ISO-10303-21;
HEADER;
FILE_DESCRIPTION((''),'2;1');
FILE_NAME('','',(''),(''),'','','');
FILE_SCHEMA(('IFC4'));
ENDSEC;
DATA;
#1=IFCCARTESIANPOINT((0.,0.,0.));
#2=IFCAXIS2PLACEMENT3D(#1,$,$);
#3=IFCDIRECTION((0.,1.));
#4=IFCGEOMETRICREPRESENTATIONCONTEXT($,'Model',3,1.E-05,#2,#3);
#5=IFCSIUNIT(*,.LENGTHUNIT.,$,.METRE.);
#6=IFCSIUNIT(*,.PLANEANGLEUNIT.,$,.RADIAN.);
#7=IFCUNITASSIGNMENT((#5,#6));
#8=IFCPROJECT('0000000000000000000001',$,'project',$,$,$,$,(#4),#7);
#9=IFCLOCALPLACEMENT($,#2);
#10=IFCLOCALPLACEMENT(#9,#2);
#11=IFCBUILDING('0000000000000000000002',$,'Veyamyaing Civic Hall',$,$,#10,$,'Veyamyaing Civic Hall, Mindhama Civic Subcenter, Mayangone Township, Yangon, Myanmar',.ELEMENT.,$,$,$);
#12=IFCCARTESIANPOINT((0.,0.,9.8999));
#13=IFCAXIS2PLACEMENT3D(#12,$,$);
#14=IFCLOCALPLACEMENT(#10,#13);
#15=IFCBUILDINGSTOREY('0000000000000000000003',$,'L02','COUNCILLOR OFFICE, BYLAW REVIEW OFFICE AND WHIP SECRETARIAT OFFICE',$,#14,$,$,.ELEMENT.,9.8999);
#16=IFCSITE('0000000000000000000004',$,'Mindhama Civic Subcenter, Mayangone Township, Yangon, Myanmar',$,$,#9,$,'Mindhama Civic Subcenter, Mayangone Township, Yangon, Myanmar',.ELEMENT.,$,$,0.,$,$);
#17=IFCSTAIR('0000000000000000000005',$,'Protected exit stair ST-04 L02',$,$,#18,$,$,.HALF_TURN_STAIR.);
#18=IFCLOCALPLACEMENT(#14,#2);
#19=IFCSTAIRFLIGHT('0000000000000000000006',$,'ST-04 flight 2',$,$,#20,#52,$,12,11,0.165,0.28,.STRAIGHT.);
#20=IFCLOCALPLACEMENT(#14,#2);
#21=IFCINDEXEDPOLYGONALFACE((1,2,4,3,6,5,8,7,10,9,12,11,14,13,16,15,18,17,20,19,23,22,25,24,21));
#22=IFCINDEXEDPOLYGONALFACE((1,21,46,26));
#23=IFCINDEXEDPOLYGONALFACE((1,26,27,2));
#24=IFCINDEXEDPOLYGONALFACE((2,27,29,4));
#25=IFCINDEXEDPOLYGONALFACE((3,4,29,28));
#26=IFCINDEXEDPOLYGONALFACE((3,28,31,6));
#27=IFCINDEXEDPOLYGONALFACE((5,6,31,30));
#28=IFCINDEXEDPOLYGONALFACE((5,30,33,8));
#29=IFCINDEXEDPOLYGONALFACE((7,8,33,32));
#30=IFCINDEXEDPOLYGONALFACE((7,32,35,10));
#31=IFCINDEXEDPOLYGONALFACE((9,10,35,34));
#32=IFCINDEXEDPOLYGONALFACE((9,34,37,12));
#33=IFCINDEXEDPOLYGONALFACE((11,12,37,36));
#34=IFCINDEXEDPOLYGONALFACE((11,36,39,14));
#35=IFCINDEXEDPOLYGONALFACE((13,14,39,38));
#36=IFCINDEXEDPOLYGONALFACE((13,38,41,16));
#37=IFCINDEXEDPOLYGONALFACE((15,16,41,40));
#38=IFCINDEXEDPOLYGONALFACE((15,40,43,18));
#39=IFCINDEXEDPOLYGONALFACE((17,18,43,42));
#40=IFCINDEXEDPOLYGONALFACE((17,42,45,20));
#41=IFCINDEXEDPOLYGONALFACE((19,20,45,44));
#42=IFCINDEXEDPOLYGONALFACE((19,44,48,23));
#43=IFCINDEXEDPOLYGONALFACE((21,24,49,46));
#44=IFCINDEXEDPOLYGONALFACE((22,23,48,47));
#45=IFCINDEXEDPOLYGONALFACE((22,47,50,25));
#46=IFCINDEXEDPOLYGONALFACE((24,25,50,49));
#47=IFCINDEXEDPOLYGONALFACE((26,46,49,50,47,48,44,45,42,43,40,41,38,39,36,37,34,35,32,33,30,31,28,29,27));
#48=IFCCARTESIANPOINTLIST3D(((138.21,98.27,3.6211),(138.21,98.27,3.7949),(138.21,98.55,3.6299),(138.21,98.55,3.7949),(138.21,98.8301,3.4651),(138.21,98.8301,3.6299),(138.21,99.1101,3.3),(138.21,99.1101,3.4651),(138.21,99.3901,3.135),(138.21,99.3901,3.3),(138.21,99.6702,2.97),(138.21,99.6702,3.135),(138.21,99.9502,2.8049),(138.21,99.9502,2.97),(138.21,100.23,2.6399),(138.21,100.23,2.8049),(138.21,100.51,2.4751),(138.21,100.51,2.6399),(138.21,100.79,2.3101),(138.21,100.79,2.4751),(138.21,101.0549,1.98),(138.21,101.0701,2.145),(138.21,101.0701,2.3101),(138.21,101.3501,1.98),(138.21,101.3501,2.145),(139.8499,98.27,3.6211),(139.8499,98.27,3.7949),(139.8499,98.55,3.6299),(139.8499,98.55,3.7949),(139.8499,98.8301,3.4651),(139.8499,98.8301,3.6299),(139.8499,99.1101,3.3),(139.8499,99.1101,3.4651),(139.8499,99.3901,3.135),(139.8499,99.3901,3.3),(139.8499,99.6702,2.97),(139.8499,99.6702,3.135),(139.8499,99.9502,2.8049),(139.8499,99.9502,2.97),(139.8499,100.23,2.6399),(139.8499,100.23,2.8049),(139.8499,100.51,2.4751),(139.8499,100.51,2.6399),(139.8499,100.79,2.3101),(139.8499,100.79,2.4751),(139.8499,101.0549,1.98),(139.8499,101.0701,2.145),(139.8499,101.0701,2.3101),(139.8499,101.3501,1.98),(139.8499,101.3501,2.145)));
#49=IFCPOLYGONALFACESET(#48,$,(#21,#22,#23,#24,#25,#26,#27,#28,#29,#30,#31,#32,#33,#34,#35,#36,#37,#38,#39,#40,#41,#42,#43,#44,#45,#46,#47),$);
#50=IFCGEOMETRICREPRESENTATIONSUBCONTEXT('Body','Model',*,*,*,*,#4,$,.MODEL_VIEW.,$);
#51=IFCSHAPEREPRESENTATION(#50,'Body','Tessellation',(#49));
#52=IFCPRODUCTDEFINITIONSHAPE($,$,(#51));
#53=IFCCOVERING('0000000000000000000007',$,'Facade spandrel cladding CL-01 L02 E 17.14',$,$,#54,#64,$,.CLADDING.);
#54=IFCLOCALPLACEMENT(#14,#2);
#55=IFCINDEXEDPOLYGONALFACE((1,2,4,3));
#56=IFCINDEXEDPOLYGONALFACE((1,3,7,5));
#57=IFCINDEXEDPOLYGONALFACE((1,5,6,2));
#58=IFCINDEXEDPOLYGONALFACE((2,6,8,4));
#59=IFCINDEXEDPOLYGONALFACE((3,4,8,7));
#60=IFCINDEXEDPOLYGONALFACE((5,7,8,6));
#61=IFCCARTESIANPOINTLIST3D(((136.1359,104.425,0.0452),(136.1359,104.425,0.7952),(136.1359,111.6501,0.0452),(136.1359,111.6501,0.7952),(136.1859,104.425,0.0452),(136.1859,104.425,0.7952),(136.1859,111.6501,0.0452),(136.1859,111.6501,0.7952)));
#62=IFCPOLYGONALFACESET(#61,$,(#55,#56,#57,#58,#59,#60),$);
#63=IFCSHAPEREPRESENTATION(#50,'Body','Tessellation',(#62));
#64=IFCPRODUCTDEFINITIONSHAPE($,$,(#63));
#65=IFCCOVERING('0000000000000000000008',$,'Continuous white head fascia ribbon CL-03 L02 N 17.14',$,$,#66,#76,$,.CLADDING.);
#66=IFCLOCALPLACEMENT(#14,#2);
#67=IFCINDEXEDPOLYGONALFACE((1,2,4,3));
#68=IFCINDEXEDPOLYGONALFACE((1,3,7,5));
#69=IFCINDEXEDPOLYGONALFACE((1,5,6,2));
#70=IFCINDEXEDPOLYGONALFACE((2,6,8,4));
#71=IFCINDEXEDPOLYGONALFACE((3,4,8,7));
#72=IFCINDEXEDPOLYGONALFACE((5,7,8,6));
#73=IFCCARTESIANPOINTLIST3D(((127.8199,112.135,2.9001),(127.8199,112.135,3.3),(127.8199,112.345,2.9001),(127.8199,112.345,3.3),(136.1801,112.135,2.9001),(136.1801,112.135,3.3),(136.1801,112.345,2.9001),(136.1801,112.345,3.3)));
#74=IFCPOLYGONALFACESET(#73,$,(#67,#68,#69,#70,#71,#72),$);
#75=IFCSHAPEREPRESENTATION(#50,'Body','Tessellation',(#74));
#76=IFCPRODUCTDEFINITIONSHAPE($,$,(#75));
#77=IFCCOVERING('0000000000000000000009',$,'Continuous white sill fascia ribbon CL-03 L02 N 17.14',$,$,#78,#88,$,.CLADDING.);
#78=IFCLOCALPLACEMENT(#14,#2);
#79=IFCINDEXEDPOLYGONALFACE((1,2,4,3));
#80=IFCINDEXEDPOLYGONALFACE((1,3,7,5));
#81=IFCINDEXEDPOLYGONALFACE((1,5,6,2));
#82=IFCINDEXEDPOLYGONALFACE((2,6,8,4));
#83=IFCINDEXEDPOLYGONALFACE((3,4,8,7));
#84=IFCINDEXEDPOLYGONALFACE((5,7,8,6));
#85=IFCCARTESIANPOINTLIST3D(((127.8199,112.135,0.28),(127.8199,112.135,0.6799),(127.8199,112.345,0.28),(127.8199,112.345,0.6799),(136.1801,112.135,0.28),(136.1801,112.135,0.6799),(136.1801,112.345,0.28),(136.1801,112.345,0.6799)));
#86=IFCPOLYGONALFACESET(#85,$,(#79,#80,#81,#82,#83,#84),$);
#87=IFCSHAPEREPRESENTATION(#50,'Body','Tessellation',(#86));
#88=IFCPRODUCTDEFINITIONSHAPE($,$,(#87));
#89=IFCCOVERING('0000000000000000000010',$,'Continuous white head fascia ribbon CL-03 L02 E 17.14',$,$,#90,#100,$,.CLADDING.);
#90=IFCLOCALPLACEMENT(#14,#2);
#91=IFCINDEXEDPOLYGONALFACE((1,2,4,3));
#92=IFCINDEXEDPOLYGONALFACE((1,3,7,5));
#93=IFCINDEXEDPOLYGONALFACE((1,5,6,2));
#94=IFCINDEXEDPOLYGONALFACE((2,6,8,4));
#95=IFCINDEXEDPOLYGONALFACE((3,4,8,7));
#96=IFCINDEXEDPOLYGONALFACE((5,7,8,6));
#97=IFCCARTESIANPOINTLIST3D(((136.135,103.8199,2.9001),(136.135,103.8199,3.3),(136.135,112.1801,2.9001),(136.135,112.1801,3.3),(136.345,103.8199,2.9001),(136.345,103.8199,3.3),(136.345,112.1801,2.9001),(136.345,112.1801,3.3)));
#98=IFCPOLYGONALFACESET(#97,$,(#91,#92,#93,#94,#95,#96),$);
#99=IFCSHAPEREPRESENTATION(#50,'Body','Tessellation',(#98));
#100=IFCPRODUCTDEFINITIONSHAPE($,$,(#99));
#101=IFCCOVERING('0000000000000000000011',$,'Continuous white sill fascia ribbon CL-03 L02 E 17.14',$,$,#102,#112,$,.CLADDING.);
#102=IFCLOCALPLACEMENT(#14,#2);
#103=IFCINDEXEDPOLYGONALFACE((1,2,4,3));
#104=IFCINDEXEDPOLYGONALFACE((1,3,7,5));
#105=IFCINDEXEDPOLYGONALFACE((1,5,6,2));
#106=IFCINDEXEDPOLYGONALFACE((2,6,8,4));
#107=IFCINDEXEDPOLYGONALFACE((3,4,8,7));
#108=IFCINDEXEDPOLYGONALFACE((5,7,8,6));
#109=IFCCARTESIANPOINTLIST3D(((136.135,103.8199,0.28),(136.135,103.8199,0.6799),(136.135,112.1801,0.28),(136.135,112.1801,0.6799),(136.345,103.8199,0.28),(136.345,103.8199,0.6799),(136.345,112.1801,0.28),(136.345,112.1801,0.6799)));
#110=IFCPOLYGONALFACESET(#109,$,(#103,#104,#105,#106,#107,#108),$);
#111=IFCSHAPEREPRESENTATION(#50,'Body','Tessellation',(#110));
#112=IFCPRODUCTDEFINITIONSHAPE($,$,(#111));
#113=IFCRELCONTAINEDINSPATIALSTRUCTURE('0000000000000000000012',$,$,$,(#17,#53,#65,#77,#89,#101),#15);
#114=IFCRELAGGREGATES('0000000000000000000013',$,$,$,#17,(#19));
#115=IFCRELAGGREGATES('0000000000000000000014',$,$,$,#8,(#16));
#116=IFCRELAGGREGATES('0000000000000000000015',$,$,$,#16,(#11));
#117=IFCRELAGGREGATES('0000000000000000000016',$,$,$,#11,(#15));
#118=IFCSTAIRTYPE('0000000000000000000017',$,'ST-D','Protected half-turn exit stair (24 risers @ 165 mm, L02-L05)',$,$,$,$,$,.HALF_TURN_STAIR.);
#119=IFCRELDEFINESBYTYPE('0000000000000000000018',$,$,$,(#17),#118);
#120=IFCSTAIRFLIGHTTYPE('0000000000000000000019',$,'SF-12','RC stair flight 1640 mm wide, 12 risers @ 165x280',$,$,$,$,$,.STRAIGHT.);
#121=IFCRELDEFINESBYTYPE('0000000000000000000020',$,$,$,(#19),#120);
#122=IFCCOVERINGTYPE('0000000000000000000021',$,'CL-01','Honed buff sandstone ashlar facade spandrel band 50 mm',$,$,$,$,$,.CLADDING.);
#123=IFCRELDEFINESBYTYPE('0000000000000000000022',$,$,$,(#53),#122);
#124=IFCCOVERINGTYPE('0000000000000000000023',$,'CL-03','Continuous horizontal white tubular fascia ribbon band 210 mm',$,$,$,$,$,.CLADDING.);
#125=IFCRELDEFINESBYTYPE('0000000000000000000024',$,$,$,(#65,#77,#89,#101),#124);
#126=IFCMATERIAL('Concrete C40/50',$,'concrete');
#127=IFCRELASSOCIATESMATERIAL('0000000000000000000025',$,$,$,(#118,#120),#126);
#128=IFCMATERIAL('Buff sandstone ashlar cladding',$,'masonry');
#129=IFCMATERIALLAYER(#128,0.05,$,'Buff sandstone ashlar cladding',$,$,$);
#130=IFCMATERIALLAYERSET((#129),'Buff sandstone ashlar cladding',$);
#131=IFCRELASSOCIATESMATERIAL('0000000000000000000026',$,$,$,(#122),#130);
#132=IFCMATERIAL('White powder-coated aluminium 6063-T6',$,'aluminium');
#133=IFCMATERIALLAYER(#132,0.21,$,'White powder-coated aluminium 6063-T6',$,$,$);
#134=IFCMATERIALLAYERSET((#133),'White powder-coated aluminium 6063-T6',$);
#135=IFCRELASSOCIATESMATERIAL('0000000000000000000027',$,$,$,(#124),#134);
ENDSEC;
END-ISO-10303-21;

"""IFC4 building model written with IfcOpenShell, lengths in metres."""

from ifc_helpers import new_model, si_unit, direction, frame, origin, origin_2d, place, context, subcontext, project, spatial, polyline, rectangle, outline, extrude, material, layer, layer_set, type_object, element, aggregate, save


model = new_model("IFC4")

# Units and contexts
model_context = context("Model", 3, precision=1e-05, world=origin(), true_north=direction((0.0, 1.0)))
body_context = subcontext(model_context, "Body", "Model", "MODEL_VIEW")
ifc_project = project(units=[si_unit("LENGTHUNIT", "METRE"), si_unit("PLANEANGLEUNIT", "RADIAN")], contexts=[model_context])

# Site, building, storey
site_placement = place(None, origin())
site = spatial("IfcSite", under=ifc_project, at=site_placement, Name="Mindhama Civic Subcenter, Mayangone Township, Yangon, Myanmar", LongName="Mindhama Civic Subcenter, Mayangone Township, Yangon, Myanmar", CompositionType="ELEMENT", RefElevation=0.0)
building_placement = place(site_placement, origin())
building = spatial("IfcBuilding", under=site, at=building_placement, Name="Veyamyaing Civic Hall", LongName="Veyamyaing Civic Hall, Mindhama Civic Subcenter, Mayangone Township, Yangon, Myanmar", CompositionType="ELEMENT")
storey_placement = place(building_placement, frame((0.0, 0.0, 9.8999)))
storey = spatial("IfcBuildingStorey", under=building, at=storey_placement, Name="L02", Description="COUNCILLOR OFFICE, BYLAW REVIEW OFFICE AND WHIP SECRETARIAT OFFICE", CompositionType="ELEMENT", Elevation=9.8999)

# Shared definitions
ifc_material_1 = material(Name="Concrete C40/50", Category="concrete")

# Stair, stair flight
stair_type = type_object("IfcStairType", Name="ST-D", Description="Protected half-turn exit stair (24 risers @ 165 mm, L02-L05)", PredefinedType="HALF_TURN_STAIR", material=ifc_material_1)
stair_placement = place(storey_placement, origin())
stair = element("IfcStair", 1, at=stair_placement, inside=storey, type_object=stair_type, Name="Protected exit stair ST-04 L02", PredefinedType="HALF_TURN_STAIR")
stair_flight_type = type_object("IfcStairFlightType", Name="SF-12", Description="RC stair flight 1640 mm wide, 12 risers @ 165x280", PredefinedType="STRAIGHT", material=ifc_material_1)
stair_flight_placement = place(storey_placement, frame((139.03, 101.3501, 1.98), z_axis=(0.0, 0.0, 1.0), x_axis=(0.0, -1.0, 0.0)))
stair_flight = element("IfcStairFlight", 2, at=stair_flight_placement, type_object=stair_flight_type, Name="ST-04 flight 2", NumberOfRisers=12, NumberOfTreads=11, PredefinedType="STRAIGHT", RiserHeight=0.165, TreadLength=0.28, context=body_context, shape_type="SweptSolid", body=[
    extrude(outline(polyline([(0.0, 0.0), (0.0, 0.165), (0.28, 0.165), (0.28, 0.3301), (0.5601, 0.3301), (0.5601, 0.4951), (0.8401, 0.4951), (0.8401, 0.6599), (1.1201, 0.6599), (1.1201, 0.825), (1.3999, 0.825), (1.3999, 0.99), (1.6799, 0.99), (1.6799, 1.155), (1.96, 1.155), (1.96, 1.3201), (2.24, 1.3201), (2.24, 1.4851), (2.52, 1.4851), (2.52, 1.6499), (2.8, 1.6499), (2.8, 1.8149), (3.0801, 1.8149), (3.0801, 1.98), (3.0801, 1.6411), (0.2952, 0.0), (0.0, 0.0)])), frame((0.0, 0.8198, 0.0), z_axis=(0.0, -1.0, 0.0), x_axis=(1.0, 0.0, 0.0)), (0.0, 0.0, 1.0), 1.6399),
])
aggregate(stair, [stair_flight])

# Coverings
ifc_material_2 = material(Name="Buff sandstone ashlar cladding", Category="masonry")
ifc_layer_1 = layer(ifc_material_2, 0.05, Name="Buff sandstone ashlar cladding")
ifc_layer_set_1 = layer_set([ifc_layer_1], Name="Buff sandstone ashlar cladding")
covering_type_1 = type_object("IfcCoveringType", Name="CL-01", Description="Honed buff sandstone ashlar facade spandrel band 50 mm", PredefinedType="CLADDING", material=ifc_layer_set_1)
covering_placement = place(storey_placement, frame((136.1609, 108.0376, 0.0452), z_axis=(0.0, 0.0, 1.0), x_axis=(0.0, 1.0, 0.0)))
element("IfcCovering", 3, at=covering_placement, inside=storey, type_object=covering_type_1, Name="Facade spandrel cladding CL-01 L02 E 17.14", PredefinedType="CLADDING", context=body_context, shape_type="SweptSolid", body=[
    extrude(rectangle(XDim=7.2251, YDim=0.05, at=origin_2d()), origin(), (0.0, 0.0, 1.0), 0.75),
])
ifc_material_3 = material(Name="White powder-coated aluminium 6063-T6", Category="aluminium")
ifc_layer_2 = layer(ifc_material_3, 0.21, Name="White powder-coated aluminium 6063-T6")
ifc_layer_set_2 = layer_set([ifc_layer_2], Name="White powder-coated aluminium 6063-T6")
covering_type_2 = type_object("IfcCoveringType", Name="CL-03", Description="Continuous horizontal white tubular fascia ribbon band 210 mm", PredefinedType="CLADDING", material=ifc_layer_set_2)
for number, where, z_axis, x_axis, name in (
    (4, (132.0, 112.24, 2.9001), (0.0, 0.0, 1.0), (1.0, 0.0, 0.0), "Continuous white head fascia ribbon CL-03 L02 N 17.14"),
    (5, (132.0, 112.24, 0.28), (0.0, 0.0, 1.0), (1.0, 0.0, 0.0), "Continuous white sill fascia ribbon CL-03 L02 N 17.14"),
    (6, (136.24, 108.0, 2.9001), (0.0, 0.0, 1.0), (0.0, 1.0, 0.0), "Continuous white head fascia ribbon CL-03 L02 E 17.14"),
    (7, (136.24, 108.0, 0.28), (0.0, 0.0, 1.0), (0.0, 1.0, 0.0), "Continuous white sill fascia ribbon CL-03 L02 E 17.14"),
):
    element("IfcCovering", number, at=place(storey_placement, frame(where, z_axis=z_axis, x_axis=x_axis)), inside=storey, type_object=covering_type_2, Name=name, PredefinedType="CLADDING", context=body_context, shape_type="SweptSolid", body=[
        extrude(rectangle(XDim=8.3601, YDim=0.21, at=origin_2d()), origin(), (0.0, 0.0, 1.0), 0.3999),
    ])

save(model, "model.ifc")
